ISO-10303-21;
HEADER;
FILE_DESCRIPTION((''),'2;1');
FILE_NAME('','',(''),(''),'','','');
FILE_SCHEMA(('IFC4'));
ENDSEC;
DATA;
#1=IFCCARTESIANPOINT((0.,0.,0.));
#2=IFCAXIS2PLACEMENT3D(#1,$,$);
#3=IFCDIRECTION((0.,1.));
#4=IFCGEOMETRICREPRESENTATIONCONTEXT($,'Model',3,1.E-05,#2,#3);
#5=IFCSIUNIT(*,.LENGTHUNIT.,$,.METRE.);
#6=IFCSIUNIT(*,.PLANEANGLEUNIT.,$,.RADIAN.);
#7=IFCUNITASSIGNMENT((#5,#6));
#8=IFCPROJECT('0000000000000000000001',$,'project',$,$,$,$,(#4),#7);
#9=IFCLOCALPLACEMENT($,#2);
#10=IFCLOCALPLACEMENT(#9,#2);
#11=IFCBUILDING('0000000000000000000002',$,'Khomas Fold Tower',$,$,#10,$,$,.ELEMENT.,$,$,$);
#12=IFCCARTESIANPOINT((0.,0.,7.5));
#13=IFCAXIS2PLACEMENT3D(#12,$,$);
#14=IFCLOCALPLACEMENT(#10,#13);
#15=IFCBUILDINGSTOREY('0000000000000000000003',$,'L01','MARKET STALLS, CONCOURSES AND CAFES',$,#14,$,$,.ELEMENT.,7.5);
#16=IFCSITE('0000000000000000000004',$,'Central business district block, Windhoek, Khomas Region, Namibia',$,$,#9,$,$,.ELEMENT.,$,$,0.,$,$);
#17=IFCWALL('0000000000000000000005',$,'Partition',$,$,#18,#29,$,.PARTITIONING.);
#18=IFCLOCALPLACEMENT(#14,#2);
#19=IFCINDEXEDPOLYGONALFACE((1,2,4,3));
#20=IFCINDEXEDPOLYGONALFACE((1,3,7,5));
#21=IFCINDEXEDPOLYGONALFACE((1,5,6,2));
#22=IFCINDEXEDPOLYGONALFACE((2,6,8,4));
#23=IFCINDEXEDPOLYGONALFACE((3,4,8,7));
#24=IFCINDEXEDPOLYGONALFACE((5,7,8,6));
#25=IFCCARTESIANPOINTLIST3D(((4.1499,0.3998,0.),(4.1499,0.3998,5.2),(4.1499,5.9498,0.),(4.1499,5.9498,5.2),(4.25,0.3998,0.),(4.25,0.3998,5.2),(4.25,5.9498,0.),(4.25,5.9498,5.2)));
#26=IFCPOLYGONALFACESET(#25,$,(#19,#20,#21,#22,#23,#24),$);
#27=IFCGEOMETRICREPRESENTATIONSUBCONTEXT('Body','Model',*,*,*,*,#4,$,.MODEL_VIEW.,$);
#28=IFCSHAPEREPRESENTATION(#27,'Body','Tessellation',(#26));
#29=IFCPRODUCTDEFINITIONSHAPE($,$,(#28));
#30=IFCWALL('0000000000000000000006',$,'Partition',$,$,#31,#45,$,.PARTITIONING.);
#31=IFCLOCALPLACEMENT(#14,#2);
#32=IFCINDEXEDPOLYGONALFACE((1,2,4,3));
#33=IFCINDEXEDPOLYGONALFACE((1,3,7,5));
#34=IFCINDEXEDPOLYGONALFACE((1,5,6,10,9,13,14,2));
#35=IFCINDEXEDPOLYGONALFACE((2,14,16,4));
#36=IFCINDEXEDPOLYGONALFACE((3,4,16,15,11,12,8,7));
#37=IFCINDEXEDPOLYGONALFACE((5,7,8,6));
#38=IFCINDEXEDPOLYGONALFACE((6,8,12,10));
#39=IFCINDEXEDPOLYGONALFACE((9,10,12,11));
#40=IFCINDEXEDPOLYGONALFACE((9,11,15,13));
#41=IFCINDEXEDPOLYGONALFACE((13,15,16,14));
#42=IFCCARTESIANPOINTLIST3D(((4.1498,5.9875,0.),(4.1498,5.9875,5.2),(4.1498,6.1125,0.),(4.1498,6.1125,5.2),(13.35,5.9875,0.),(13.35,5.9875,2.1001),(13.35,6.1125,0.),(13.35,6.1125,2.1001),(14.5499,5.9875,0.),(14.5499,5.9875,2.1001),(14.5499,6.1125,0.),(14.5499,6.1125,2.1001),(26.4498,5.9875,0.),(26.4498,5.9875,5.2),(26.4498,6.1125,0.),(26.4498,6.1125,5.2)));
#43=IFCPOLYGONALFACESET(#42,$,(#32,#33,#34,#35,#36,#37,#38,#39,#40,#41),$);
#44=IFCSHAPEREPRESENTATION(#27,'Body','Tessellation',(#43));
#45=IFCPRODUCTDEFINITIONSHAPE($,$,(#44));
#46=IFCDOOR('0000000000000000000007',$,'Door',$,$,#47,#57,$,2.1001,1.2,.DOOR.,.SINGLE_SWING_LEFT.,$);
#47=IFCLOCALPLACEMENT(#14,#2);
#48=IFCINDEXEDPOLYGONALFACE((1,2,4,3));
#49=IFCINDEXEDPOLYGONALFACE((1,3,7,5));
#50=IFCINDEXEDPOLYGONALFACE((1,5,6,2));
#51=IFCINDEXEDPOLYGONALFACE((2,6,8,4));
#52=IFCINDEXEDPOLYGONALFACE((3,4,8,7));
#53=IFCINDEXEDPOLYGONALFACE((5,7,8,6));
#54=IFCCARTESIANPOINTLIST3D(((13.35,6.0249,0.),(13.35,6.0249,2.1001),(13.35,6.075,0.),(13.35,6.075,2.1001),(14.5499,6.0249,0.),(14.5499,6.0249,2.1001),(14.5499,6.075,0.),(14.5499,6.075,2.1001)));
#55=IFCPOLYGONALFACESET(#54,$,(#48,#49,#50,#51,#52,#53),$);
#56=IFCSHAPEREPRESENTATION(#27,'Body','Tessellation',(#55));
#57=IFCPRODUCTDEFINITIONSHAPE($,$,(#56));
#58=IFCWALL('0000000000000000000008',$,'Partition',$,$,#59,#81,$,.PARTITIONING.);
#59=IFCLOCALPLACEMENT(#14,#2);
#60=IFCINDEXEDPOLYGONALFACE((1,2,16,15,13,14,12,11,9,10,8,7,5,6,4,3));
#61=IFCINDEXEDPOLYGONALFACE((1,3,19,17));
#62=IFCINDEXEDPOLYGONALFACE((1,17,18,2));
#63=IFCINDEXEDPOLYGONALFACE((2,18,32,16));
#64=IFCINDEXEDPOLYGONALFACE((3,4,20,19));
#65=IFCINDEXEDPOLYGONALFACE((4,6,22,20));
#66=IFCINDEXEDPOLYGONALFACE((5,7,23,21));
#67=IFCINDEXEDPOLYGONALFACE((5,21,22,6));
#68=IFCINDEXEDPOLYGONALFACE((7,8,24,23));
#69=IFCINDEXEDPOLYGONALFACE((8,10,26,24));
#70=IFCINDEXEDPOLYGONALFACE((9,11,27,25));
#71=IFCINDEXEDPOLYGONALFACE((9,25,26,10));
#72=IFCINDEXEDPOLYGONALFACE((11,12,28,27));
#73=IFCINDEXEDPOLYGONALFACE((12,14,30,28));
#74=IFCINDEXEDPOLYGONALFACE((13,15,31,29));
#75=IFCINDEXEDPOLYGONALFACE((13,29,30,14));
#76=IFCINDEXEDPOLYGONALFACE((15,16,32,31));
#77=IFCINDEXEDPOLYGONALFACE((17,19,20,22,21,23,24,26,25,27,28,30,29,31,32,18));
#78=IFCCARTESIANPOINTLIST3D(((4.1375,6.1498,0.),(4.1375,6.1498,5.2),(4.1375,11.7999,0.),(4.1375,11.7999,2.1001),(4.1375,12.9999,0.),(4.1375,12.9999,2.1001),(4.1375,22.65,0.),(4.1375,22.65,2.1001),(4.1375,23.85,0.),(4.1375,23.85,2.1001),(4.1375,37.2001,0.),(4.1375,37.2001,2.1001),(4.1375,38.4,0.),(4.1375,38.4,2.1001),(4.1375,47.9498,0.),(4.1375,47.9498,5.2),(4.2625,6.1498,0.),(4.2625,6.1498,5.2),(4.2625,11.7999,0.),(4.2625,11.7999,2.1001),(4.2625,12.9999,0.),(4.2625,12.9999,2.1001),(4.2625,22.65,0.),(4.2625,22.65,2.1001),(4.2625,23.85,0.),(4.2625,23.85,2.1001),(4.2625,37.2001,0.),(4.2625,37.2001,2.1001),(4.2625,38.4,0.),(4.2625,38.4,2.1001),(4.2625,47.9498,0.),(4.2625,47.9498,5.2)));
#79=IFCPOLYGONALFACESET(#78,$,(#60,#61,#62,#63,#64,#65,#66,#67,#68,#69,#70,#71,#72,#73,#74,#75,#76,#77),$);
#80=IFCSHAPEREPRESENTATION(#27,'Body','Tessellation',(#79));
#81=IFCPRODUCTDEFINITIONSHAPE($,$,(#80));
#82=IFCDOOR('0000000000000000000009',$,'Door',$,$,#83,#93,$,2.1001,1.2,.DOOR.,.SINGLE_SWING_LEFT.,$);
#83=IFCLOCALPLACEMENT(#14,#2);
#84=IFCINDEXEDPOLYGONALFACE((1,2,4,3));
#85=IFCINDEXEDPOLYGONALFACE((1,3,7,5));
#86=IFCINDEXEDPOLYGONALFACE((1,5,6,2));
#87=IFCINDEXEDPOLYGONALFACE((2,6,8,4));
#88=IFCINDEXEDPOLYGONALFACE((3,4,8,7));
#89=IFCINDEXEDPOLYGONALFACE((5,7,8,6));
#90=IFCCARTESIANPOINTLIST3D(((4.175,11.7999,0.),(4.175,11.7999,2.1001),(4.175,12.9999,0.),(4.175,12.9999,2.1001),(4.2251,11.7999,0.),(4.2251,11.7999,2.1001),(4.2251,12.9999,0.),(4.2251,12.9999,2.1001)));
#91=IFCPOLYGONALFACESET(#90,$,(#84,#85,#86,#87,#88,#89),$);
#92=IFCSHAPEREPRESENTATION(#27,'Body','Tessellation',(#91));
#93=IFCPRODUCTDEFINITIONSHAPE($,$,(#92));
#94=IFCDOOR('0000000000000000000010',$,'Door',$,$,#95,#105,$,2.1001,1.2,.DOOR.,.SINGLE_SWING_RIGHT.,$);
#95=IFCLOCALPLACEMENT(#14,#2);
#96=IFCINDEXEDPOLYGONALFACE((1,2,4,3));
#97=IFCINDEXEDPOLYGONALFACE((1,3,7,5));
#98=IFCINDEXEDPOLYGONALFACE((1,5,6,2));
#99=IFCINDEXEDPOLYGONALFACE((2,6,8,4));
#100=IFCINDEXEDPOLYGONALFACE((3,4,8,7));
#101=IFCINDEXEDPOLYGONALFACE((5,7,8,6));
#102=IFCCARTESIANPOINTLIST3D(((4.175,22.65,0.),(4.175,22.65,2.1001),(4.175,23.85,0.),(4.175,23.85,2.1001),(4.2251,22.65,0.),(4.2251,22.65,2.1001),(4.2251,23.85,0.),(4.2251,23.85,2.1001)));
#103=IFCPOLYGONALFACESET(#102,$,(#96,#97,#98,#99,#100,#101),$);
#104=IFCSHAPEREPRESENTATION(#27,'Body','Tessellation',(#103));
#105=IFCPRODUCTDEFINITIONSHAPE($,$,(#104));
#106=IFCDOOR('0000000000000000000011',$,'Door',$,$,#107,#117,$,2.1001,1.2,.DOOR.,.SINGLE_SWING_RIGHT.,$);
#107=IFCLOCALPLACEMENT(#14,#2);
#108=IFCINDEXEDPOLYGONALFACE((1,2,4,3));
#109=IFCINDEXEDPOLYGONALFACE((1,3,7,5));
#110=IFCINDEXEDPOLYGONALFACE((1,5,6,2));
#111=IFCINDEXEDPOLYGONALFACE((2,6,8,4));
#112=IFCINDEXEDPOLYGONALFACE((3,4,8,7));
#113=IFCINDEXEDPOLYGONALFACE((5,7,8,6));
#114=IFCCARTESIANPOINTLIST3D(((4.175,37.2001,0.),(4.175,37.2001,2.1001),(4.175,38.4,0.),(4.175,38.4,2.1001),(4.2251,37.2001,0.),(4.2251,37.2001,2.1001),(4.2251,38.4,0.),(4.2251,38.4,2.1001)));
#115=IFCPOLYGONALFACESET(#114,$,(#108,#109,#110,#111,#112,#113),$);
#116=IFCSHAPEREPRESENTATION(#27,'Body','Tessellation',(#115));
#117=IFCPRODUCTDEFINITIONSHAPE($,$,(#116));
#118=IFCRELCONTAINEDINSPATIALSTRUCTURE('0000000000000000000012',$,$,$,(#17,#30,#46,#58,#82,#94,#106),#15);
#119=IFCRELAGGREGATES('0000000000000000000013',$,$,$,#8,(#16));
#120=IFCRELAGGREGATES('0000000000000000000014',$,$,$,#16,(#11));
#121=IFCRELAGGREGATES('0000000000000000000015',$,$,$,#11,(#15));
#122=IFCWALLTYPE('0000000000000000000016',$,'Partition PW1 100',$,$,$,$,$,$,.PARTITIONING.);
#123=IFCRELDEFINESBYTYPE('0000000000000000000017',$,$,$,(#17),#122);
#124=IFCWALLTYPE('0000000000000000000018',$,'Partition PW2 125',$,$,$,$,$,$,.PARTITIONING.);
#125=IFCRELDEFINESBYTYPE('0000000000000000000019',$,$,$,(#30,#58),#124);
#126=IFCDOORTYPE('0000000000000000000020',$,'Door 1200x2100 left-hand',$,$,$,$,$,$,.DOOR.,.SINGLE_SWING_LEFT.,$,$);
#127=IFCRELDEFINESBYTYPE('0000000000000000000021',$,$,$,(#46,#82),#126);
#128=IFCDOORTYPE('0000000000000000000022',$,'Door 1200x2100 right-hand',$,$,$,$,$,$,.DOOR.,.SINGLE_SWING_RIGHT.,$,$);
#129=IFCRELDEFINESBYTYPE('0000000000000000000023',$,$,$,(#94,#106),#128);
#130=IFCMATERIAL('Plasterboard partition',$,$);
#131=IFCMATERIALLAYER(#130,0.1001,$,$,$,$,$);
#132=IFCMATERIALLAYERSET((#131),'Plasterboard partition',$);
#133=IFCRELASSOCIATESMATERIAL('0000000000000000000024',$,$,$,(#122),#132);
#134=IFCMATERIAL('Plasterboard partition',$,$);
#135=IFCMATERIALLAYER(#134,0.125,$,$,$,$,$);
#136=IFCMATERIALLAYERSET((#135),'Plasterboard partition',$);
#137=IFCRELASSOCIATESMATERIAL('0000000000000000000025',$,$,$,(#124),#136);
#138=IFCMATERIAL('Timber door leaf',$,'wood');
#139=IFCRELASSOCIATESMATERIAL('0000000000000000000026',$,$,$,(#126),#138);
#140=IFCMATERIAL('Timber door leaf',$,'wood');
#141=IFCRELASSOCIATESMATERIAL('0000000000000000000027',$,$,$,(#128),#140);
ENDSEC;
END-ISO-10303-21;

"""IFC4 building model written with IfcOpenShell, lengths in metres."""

from ifc_helpers import new_model, si_unit, direction, frame, frame_2d, origin, place, context, subcontext, project, spatial, rectangle, extrude, source, transform, mapped, material, layer, layer_set, type_object, element, fill, save


model = new_model("IFC4")

# Units and contexts
model_context = context("Model", 3, precision=1e-05, world=origin(), true_north=direction((0.0, 1.0)))
body_context = subcontext(model_context, "Body", "Model", "MODEL_VIEW")
ifc_project = project(units=[si_unit("LENGTHUNIT", "METRE"), si_unit("PLANEANGLEUNIT", "RADIAN")], contexts=[model_context])

# Site, building, storey
site_placement = place(None, origin())
site = spatial("IfcSite", under=ifc_project, at=site_placement, Name="Central business district block, Windhoek, Khomas Region, Namibia", CompositionType="ELEMENT", RefElevation=0.0)
building_placement = place(site_placement, origin())
building = spatial("IfcBuilding", under=site, at=building_placement, Name="Khomas Fold Tower", CompositionType="ELEMENT")
storey_placement = place(building_placement, frame((0.0, 0.0, 7.5)))
storey = spatial("IfcBuildingStorey", under=building, at=storey_placement, Name="L01", Description="MARKET STALLS, CONCOURSES AND CAFES", CompositionType="ELEMENT", Elevation=7.5)

# Wall
ifc_material_1 = material(Name="Plasterboard partition")
ifc_layer_1 = layer(ifc_material_1, 0.1001)
ifc_layer_set_1 = layer_set([ifc_layer_1], Name="Plasterboard partition")
wall_type_1 = type_object("IfcWallType", Name="Partition PW1 100", PredefinedType="PARTITIONING", material=ifc_layer_set_1)
shared_shape_1 = source(origin(), body_context, "Body", "SweptSolid", [
    extrude(rectangle(XDim=5.55, YDim=0.1001, at=frame_2d((2.7749, 0.0))), origin(), (0.0, 0.0, 1.0), 5.2),
])
wall_1_placement = place(storey_placement, frame((4.2, 0.3999, 0.0), z_axis=(0.0, 0.0, 1.0), x_axis=(0.0, 1.0, 0.0)))
element("IfcWall", 1, at=wall_1_placement, inside=storey, type_object=wall_type_1, Name="Partition", PredefinedType="PARTITIONING", context=body_context, shape_type="MappedRepresentation", body=[
    mapped(shared_shape_1, transform((0.0, 0.0, 0.0))),
])

# Wall, opening, door
ifc_material_2 = material(Name="Plasterboard partition")
ifc_layer_2 = layer(ifc_material_2, 0.125)
ifc_layer_set_2 = layer_set([ifc_layer_2], Name="Plasterboard partition")
wall_type_2 = type_object("IfcWallType", Name="Partition PW2 125", PredefinedType="PARTITIONING", material=ifc_layer_set_2)
shared_shape_2 = source(origin(), body_context, "Body", "SweptSolid", [
    extrude(rectangle(XDim=22.3, YDim=0.125, at=frame_2d((11.1499, 0.0))), origin(), (0.0, 0.0, 1.0), 5.2),
])
wall_2_placement = place(storey_placement, frame((4.1499, 6.05, 0.0), z_axis=(0.0, 0.0, 1.0), x_axis=(1.0, 0.0, 0.0)))
wall_2 = element("IfcWall", 2, at=wall_2_placement, inside=storey, type_object=wall_type_2, Name="Partition", PredefinedType="PARTITIONING", context=body_context, shape_type="MappedRepresentation", body=[
    mapped(shared_shape_2, transform((0.0, 0.0, 0.0))),
])
shared_shape_3 = source(origin(), body_context, "Body", "SweptSolid", [
    extrude(rectangle(XDim=1.2, YDim=2.1001, at=frame_2d((0.6001, 1.05))), frame((0.0, 0.0725, 0.0), z_axis=(0.0, -1.0, 0.0), x_axis=(1.0, 0.0, 0.0)), (0.0, 0.0, 1.0), 0.145),
])
opening_1_placement = place(wall_2_placement, frame((9.2, 0.0, 0.0)))
opening_1 = element("IfcOpeningElement", 3, at=opening_1_placement, cuts=wall_2, PredefinedType="OPENING", context=body_context, shape_type="MappedRepresentation", body=[
    mapped(shared_shape_3, transform((0.0, 0.0, 0.0))),
])
ifc_material_3 = material(Name="Timber door leaf", Category="wood")
door_type_1 = type_object("IfcDoorType", Name="Door 1200x2100 left-hand", OperationType="SINGLE_SWING_LEFT", PredefinedType="DOOR", material=ifc_material_3)
shared_shape_4 = source(origin(), body_context, "Body", "SweptSolid", [
    extrude(rectangle(XDim=1.2, YDim=2.1001, at=frame_2d((0.6001, 1.05))), frame((0.0, 0.0249, 0.0), z_axis=(0.0, -1.0, 0.0), x_axis=(1.0, 0.0, 0.0)), (0.0, 0.0, 1.0), 0.05),
])
door_1_placement = place(opening_1_placement, origin())
door_1 = element("IfcDoor", 4, at=door_1_placement, inside=storey, type_object=door_type_1, Name="Door", OperationType="SINGLE_SWING_LEFT", OverallHeight=2.1001, OverallWidth=1.2, PredefinedType="DOOR", context=body_context, shape_type="MappedRepresentation", body=[
    mapped(shared_shape_4, transform((0.0, 0.0, 0.0))),
])
fill(opening_1, door_1)

# Wall, openings, doors
shared_shape_5 = source(origin(), body_context, "Body", "SweptSolid", [
    extrude(rectangle(XDim=41.8, YDim=0.125, at=frame_2d((20.8999, 0.0))), origin(), (0.0, 0.0, 1.0), 5.2),
])
wall_3_placement = place(storey_placement, frame((4.2, 6.1499, 0.0), z_axis=(0.0, 0.0, 1.0), x_axis=(0.0, 1.0, 0.0)))
wall_3 = element("IfcWall", 5, at=wall_3_placement, inside=storey, type_object=wall_type_2, Name="Partition", PredefinedType="PARTITIONING", context=body_context, shape_type="MappedRepresentation", body=[
    mapped(shared_shape_5, transform((0.0, 0.0, 0.0))),
])
opening_2_placement = place(wall_3_placement, frame((5.6499, 0.0, 0.0)))
opening_2 = element("IfcOpeningElement", 6, at=opening_2_placement, cuts=wall_3, PredefinedType="OPENING", context=body_context, shape_type="MappedRepresentation", body=[
    mapped(shared_shape_3, transform((0.0, 0.0, 0.0))),
])
opening_3_placement = place(wall_3_placement, frame((16.5, 0.0, 0.0)))
opening_3 = element("IfcOpeningElement", 7, at=opening_3_placement, cuts=wall_3, PredefinedType="OPENING", context=body_context, shape_type="MappedRepresentation", body=[
    mapped(shared_shape_3, transform((0.0, 0.0, 0.0))),
])
opening_4_placement = place(wall_3_placement, frame((31.05, 0.0, 0.0)))
opening_4 = element("IfcOpeningElement", 8, at=opening_4_placement, cuts=wall_3, PredefinedType="OPENING", context=body_context, shape_type="MappedRepresentation", body=[
    mapped(shared_shape_3, transform((0.0, 0.0, 0.0))),
])
door_2_placement = place(opening_2_placement, origin())
door_2 = element("IfcDoor", 9, at=door_2_placement, inside=storey, type_object=door_type_1, Name="Door", OperationType="SINGLE_SWING_LEFT", OverallHeight=2.1001, OverallWidth=1.2, PredefinedType="DOOR", context=body_context, shape_type="MappedRepresentation", body=[
    mapped(shared_shape_4, transform((0.0, 0.0, 0.0))),
])
fill(opening_2, door_2)
ifc_material_4 = material(Name="Timber door leaf", Category="wood")
door_type_2 = type_object("IfcDoorType", Name="Door 1200x2100 right-hand", OperationType="SINGLE_SWING_RIGHT", PredefinedType="DOOR", material=ifc_material_4)
door_3_placement = place(opening_3_placement, origin())
door_3 = element("IfcDoor", 10, at=door_3_placement, inside=storey, type_object=door_type_2, Name="Door", OperationType="SINGLE_SWING_RIGHT", OverallHeight=2.1001, OverallWidth=1.2, PredefinedType="DOOR", context=body_context, shape_type="MappedRepresentation", body=[
    mapped(shared_shape_4, transform((0.0, 0.0, 0.0))),
])
fill(opening_3, door_3)
door_4_placement = place(opening_4_placement, origin())
door_4 = element("IfcDoor", 11, at=door_4_placement, inside=storey, type_object=door_type_2, Name="Door", OperationType="SINGLE_SWING_RIGHT", OverallHeight=2.1001, OverallWidth=1.2, PredefinedType="DOOR", context=body_context, shape_type="MappedRepresentation", body=[
    mapped(shared_shape_4, transform((0.0, 0.0, 0.0))),
])
fill(opening_4, door_4)

save(model, "model.ifc")
